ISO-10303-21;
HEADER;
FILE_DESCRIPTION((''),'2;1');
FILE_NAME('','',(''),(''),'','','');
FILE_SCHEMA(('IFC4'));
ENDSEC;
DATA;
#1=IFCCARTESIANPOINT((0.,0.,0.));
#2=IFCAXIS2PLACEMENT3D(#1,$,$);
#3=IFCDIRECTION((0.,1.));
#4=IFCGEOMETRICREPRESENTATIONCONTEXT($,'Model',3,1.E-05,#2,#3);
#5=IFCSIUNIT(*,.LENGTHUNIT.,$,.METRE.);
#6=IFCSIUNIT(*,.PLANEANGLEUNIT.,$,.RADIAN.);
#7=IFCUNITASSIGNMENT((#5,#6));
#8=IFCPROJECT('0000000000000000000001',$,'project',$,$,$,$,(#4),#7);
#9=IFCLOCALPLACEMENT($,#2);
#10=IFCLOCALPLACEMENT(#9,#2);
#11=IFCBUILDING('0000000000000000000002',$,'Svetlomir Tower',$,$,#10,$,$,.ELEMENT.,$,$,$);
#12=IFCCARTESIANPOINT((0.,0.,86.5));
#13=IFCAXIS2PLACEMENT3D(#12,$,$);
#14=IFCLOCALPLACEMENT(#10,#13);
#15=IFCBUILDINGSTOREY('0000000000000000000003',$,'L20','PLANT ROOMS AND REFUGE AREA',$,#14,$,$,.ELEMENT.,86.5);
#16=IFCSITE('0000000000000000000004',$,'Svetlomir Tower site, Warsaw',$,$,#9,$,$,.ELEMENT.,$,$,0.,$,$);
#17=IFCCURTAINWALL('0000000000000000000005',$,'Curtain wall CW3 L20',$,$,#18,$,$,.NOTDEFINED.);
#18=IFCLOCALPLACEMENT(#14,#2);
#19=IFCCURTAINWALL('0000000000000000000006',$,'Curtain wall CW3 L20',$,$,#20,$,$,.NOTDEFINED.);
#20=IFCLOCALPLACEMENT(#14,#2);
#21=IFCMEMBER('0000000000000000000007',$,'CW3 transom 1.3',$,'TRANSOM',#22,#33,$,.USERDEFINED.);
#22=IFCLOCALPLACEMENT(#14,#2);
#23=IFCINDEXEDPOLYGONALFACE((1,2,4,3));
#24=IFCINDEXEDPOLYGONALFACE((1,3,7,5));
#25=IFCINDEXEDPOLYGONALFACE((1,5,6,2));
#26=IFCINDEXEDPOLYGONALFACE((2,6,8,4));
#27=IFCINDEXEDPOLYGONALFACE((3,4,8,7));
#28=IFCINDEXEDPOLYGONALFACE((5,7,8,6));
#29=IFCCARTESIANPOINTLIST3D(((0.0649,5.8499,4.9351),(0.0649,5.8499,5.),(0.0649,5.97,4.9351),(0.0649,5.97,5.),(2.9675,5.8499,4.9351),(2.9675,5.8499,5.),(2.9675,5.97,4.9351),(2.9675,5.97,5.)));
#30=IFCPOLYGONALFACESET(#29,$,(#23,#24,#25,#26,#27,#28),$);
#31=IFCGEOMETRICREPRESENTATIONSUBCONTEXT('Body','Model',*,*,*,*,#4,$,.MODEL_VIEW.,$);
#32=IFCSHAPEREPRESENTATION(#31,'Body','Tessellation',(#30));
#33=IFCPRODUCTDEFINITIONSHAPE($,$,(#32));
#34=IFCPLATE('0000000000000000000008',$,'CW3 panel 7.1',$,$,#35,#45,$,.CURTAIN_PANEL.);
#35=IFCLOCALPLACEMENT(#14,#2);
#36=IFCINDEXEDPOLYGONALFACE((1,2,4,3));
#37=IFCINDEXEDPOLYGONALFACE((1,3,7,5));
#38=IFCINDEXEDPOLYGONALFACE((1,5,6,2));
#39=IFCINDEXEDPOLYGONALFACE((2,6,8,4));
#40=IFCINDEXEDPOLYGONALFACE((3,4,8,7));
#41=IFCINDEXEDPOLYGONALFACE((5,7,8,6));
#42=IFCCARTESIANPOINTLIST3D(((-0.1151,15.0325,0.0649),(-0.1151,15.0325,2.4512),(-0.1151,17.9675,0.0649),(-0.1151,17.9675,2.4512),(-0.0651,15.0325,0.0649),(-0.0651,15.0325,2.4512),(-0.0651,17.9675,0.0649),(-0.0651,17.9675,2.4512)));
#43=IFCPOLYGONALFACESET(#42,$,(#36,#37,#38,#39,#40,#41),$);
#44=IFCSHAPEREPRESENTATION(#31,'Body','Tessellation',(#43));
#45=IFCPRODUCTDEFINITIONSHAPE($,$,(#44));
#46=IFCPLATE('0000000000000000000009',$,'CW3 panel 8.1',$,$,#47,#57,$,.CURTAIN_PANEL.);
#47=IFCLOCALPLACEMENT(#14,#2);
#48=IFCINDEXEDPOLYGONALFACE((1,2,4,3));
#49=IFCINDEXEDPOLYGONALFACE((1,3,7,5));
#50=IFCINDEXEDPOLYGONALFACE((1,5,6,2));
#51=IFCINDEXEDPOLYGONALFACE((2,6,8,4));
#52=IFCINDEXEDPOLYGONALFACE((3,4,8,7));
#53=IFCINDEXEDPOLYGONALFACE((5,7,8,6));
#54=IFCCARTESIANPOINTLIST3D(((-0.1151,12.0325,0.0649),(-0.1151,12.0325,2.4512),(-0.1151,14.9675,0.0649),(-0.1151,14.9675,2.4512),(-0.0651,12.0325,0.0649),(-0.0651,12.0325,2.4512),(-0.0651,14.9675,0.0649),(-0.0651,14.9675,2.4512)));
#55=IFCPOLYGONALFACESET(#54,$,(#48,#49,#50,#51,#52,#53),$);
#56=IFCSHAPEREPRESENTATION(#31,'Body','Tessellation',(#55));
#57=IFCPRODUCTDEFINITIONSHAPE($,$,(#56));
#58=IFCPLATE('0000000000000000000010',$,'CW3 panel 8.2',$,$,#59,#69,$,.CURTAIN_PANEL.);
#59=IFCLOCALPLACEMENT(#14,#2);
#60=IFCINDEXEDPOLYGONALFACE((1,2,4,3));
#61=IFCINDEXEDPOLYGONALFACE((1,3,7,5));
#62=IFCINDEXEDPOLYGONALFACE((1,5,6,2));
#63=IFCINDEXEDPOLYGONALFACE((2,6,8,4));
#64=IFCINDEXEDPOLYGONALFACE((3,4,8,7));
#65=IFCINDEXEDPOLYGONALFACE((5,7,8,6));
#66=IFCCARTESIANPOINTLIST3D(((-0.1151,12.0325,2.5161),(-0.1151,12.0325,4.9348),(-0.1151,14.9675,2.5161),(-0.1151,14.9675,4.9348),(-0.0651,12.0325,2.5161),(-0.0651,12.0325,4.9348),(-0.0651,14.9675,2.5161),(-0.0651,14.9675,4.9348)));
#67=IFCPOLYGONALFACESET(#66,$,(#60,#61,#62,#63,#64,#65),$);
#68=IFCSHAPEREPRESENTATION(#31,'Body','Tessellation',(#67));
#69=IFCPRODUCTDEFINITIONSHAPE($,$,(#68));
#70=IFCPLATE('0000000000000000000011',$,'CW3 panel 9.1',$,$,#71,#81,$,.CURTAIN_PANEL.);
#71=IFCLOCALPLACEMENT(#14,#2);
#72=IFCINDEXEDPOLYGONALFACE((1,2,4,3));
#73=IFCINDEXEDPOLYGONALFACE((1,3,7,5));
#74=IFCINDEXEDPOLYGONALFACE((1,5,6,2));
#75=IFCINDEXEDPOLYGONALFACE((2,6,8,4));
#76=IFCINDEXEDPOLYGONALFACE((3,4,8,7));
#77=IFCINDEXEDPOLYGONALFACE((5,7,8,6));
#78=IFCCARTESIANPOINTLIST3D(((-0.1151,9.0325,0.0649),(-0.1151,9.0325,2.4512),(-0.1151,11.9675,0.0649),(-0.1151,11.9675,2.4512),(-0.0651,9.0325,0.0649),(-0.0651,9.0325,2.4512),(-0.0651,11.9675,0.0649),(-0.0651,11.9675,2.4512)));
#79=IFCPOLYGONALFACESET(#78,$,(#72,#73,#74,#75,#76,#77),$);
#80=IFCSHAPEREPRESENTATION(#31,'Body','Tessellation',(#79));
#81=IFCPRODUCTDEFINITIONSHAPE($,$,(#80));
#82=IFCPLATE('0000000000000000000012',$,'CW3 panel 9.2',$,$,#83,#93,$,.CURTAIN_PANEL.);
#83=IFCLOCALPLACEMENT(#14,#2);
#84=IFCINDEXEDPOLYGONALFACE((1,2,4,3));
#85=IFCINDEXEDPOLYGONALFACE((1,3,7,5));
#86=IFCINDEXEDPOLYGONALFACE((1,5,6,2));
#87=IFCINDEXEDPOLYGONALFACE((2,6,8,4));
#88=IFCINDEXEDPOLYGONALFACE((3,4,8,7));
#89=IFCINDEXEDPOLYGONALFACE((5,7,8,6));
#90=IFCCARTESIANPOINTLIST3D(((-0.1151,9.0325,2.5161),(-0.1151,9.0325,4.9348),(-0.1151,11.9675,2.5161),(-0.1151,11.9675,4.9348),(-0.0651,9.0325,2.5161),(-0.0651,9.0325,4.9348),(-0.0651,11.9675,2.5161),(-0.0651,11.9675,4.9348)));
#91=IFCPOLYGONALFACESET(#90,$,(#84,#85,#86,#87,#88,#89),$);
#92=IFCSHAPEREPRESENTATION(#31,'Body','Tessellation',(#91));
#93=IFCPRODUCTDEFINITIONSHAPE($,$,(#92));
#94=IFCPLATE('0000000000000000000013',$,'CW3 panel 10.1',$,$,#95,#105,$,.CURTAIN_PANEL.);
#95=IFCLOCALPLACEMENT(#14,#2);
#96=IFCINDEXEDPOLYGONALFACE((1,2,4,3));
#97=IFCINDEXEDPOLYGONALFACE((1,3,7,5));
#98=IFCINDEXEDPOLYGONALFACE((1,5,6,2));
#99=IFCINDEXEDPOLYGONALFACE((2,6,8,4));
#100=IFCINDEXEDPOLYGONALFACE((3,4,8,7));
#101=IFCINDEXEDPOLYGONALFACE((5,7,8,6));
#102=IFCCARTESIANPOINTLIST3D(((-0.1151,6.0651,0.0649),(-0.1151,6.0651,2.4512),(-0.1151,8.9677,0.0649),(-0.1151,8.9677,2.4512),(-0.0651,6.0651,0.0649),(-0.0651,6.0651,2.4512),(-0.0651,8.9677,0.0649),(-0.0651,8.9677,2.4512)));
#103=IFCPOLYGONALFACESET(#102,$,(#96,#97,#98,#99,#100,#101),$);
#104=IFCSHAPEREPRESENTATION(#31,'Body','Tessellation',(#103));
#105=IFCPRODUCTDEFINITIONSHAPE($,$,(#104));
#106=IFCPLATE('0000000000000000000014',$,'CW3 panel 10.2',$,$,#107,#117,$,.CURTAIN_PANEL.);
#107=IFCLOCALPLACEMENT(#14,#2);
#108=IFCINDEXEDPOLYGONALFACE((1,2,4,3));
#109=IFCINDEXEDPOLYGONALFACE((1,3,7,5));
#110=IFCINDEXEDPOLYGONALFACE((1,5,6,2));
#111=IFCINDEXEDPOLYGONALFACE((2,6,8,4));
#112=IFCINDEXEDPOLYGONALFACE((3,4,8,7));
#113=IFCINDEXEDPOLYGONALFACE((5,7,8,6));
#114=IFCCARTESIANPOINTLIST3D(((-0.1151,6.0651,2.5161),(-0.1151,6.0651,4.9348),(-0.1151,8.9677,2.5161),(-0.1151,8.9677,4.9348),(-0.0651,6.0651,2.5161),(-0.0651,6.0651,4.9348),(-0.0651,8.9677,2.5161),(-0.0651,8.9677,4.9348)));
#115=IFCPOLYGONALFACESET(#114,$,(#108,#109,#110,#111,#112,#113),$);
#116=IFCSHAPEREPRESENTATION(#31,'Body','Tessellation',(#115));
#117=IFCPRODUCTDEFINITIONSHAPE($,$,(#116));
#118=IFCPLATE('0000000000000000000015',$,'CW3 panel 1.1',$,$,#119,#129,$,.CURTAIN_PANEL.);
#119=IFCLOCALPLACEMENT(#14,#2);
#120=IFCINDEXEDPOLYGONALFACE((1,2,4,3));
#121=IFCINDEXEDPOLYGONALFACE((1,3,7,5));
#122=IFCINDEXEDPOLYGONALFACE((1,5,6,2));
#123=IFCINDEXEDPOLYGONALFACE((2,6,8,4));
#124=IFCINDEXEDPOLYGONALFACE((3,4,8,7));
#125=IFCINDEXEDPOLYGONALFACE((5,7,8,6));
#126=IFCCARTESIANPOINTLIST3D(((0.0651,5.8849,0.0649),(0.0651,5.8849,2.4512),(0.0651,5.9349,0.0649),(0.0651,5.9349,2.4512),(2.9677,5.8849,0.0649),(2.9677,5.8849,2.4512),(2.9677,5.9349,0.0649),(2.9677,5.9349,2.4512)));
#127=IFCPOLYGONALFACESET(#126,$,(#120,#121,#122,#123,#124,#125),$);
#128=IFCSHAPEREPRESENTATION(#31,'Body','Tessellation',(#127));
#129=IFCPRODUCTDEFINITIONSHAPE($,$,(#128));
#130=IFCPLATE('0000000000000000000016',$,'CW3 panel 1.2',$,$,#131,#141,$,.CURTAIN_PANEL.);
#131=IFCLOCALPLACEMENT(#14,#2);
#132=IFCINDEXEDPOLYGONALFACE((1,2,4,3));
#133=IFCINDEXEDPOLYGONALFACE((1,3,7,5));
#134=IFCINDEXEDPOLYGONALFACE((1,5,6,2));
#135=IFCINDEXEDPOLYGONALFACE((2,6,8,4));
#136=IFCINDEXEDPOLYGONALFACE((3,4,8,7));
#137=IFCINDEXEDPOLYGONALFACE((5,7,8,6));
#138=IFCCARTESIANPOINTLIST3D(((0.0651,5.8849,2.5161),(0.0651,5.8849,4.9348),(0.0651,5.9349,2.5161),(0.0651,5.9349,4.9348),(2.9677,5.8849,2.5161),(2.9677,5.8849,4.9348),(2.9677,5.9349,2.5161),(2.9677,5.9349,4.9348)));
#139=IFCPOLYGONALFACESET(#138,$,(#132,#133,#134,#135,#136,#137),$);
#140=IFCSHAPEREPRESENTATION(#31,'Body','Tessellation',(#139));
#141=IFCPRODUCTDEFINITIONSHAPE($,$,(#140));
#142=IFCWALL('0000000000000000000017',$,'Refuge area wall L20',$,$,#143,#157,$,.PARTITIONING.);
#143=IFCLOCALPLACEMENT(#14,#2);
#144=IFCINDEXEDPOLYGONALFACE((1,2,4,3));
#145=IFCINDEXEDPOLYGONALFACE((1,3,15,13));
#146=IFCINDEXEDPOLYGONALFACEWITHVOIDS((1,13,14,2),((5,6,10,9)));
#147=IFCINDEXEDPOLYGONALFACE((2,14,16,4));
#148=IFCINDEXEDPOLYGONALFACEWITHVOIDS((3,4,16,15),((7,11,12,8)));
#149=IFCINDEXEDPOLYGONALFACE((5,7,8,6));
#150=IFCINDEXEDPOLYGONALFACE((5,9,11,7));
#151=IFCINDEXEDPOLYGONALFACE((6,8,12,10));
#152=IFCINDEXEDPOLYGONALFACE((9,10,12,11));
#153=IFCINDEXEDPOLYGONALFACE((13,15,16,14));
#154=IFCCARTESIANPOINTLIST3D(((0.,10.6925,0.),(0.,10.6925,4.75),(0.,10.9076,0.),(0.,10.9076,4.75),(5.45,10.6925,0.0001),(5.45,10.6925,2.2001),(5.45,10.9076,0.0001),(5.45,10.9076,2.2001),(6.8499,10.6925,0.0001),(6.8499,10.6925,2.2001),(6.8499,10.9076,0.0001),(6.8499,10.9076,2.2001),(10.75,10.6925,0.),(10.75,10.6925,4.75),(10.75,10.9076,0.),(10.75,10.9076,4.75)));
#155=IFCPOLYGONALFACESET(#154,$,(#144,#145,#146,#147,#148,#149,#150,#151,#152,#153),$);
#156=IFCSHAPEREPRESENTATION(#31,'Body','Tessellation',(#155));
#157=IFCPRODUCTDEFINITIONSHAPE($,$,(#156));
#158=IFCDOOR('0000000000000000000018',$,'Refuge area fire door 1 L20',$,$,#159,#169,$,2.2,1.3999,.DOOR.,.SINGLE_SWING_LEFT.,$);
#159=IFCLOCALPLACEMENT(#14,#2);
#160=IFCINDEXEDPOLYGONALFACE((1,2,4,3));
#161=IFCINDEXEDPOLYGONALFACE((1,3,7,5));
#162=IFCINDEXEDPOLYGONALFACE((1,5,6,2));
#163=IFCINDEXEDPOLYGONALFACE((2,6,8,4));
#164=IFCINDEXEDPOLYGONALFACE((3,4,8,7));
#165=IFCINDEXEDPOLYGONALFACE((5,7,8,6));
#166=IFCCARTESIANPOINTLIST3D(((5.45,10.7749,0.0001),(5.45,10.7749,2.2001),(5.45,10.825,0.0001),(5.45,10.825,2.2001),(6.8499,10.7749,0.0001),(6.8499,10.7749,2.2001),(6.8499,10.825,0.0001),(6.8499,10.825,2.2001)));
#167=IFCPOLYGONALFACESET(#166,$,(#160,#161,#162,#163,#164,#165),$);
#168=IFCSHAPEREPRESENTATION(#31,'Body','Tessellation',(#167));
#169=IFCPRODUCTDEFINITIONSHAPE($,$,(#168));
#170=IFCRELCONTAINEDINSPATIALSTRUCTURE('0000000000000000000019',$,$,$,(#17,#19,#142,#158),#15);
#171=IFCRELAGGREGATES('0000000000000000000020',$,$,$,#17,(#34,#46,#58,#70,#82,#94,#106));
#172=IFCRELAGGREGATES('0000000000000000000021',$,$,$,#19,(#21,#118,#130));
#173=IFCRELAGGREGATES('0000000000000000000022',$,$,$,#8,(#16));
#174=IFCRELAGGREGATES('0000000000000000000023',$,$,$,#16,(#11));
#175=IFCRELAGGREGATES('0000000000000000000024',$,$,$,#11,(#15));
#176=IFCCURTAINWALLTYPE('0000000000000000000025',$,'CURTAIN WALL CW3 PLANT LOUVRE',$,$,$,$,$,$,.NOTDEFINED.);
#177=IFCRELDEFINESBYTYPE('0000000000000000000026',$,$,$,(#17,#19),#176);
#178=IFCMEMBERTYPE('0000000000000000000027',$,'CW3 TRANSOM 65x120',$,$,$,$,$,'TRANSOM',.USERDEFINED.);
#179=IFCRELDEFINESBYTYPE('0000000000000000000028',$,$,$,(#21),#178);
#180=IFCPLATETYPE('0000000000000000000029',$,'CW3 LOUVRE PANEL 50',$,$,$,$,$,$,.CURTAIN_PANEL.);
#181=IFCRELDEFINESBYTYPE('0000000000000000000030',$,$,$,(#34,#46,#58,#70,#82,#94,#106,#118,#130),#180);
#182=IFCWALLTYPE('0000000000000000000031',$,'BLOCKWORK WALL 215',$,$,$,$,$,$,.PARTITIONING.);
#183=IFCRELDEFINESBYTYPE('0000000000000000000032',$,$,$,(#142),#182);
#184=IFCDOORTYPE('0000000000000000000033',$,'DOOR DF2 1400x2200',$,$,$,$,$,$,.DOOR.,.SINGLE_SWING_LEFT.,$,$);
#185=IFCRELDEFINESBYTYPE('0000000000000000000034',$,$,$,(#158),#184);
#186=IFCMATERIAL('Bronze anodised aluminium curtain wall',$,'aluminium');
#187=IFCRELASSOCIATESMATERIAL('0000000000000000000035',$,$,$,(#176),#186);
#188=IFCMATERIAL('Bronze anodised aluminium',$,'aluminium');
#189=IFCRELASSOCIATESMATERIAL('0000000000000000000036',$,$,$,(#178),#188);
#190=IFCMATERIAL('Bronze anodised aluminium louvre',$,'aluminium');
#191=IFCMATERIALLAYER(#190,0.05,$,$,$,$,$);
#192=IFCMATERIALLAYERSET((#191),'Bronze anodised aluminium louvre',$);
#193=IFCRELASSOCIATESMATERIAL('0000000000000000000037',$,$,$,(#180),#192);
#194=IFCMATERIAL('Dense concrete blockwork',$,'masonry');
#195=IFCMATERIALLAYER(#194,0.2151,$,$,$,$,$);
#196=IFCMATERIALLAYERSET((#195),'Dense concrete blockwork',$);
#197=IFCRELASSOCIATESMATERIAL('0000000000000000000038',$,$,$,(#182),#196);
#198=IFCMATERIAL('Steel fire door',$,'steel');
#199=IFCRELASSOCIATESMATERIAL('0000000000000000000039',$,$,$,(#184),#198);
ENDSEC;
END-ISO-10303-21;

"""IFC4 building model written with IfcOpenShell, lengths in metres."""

from ifc_helpers import new_model, si_unit, direction, frame, frame_2d, origin, origin_2d, place, context, subcontext, project, spatial, rectangle, extrude, material, layer, layer_set, material_profile, profile_set, type_object, element, fill, aggregate, save


model = new_model("IFC4")

# Units and contexts
model_context = context("Model", 3, precision=1e-05, world=origin(), true_north=direction((0.0, 1.0)))
body_context = subcontext(model_context, "Body", "Model", "MODEL_VIEW")
ifc_project = project(units=[si_unit("LENGTHUNIT", "METRE"), si_unit("PLANEANGLEUNIT", "RADIAN")], contexts=[model_context])

# Site, building, storey
site_placement = place(None, origin())
site = spatial("IfcSite", under=ifc_project, at=site_placement, Name="Svetlomir Tower site, Warsaw", CompositionType="ELEMENT", RefElevation=0.0)
building_placement = place(site_placement, origin())
building = spatial("IfcBuilding", under=site, at=building_placement, Name="Svetlomir Tower", CompositionType="ELEMENT")
storey_placement = place(building_placement, frame((0.0, 0.0, 86.5)))
storey = spatial("IfcBuildingStorey", under=building, at=storey_placement, Name="L20", Description="PLANT ROOMS AND REFUGE AREA", CompositionType="ELEMENT", Elevation=86.5)

# Curtain wall
ifc_material_1 = material(Name="Bronze anodised aluminium curtain wall", Category="aluminium")
curtain_wall_type = type_object("IfcCurtainWallType", Name="CURTAIN WALL CW3 PLANT LOUVRE", PredefinedType="NOTDEFINED", material=ifc_material_1)
curtain_wall_1_placement = place(storey_placement, origin())
curtain_wall_1 = element("IfcCurtainWall", 1, at=curtain_wall_1_placement, inside=storey, type_object=curtain_wall_type, Name="Curtain wall CW3 L20", PredefinedType="NOTDEFINED")

# Curtain wall
curtain_wall_2_placement = place(storey_placement, origin())
curtain_wall_2 = element("IfcCurtainWall", 2, at=curtain_wall_2_placement, inside=storey, type_object=curtain_wall_type, Name="Curtain wall CW3 L20", PredefinedType="NOTDEFINED")

# Member
ifc_material_2 = material(Name="Bronze anodised aluminium", Category="aluminium")
ifc_material_profile_1 = material_profile(ifc_material_2, rectangle(XDim=0.1201, YDim=0.0649, at=origin_2d()), Name="AL 120x65")
ifc_profile_set_1 = profile_set([ifc_material_profile_1], Name="Bronze anodised aluminium 6063-T6")
member_type_1 = type_object("IfcMemberType", Name="CW3 TRANSOM 65x120", ElementType="TRANSOM", PredefinedType="USERDEFINED", material=ifc_profile_set_1)
member_1_placement = place(storey_placement, frame((0.0649, 5.9099, 4.9675), z_axis=(1.0, 0.0, 0.0), x_axis=(0.0, 1.0, 0.0)))
member_1 = element("IfcMember", 3, at=member_1_placement, type_object=member_type_1, Name="CW3 transom 1.3", ObjectType="TRANSOM", PredefinedType="USERDEFINED", context=body_context, shape_type="SweptSolid", body=[
    extrude(rectangle(XDim=0.1201, YDim=0.0649, at=origin_2d()), origin(), (0.0, 0.0, 1.0), 2.9026),
])

# Plates
ifc_material_3 = material(Name="Bronze anodised aluminium louvre", Category="aluminium")
ifc_layer_1 = layer(ifc_material_3, 0.05)
ifc_layer_set_1 = layer_set([ifc_layer_1], Name="Bronze anodised aluminium louvre")
plate_type = type_object("IfcPlateType", Name="CW3 LOUVRE PANEL 50", PredefinedType="CURTAIN_PANEL", material=ifc_layer_set_1)
plate_1_placement = place(storey_placement, frame((-0.0901, 16.5, 0.0649), z_axis=(0.0, 0.0, 1.0), x_axis=(0.0, -1.0, 0.0)))
plate_1 = element("IfcPlate", 4, at=plate_1_placement, type_object=plate_type, Name="CW3 panel 7.1", PredefinedType="CURTAIN_PANEL", context=body_context, shape_type="SweptSolid", body=[
    extrude(rectangle(XDim=2.9351, YDim=0.05, at=origin_2d()), origin(), (0.0, 0.0, 1.0), 2.3862),
])
plate_2_placement = place(storey_placement, frame((-0.0901, 13.5, 0.0649), z_axis=(0.0, 0.0, 1.0), x_axis=(0.0, -1.0, 0.0)))
plate_2 = element("IfcPlate", 5, at=plate_2_placement, type_object=plate_type, Name="CW3 panel 8.1", PredefinedType="CURTAIN_PANEL", context=body_context, shape_type="SweptSolid", body=[
    extrude(rectangle(XDim=2.9351, YDim=0.05, at=origin_2d()), origin(), (0.0, 0.0, 1.0), 2.3862),
])
plate_3_placement = place(storey_placement, frame((-0.0901, 13.5, 2.5161), z_axis=(0.0, 0.0, 1.0), x_axis=(0.0, -1.0, 0.0)))
plate_3 = element("IfcPlate", 6, at=plate_3_placement, type_object=plate_type, Name="CW3 panel 8.2", PredefinedType="CURTAIN_PANEL", context=body_context, shape_type="SweptSolid", body=[
    extrude(rectangle(XDim=2.9351, YDim=0.05, at=origin_2d()), origin(), (0.0, 0.0, 1.0), 2.4187),
])
plate_4_placement = place(storey_placement, frame((-0.0901, 10.5, 0.0649), z_axis=(0.0, 0.0, 1.0), x_axis=(0.0, -1.0, 0.0)))
plate_4 = element("IfcPlate", 7, at=plate_4_placement, type_object=plate_type, Name="CW3 panel 9.1", PredefinedType="CURTAIN_PANEL", context=body_context, shape_type="SweptSolid", body=[
    extrude(rectangle(XDim=2.9351, YDim=0.05, at=origin_2d()), origin(), (0.0, 0.0, 1.0), 2.3862),
])
plate_5_placement = place(storey_placement, frame((-0.0901, 10.5, 2.5161), z_axis=(0.0, 0.0, 1.0), x_axis=(0.0, -1.0, 0.0)))
plate_5 = element("IfcPlate", 8, at=plate_5_placement, type_object=plate_type, Name="CW3 panel 9.2", PredefinedType="CURTAIN_PANEL", context=body_context, shape_type="SweptSolid", body=[
    extrude(rectangle(XDim=2.9351, YDim=0.05, at=origin_2d()), origin(), (0.0, 0.0, 1.0), 2.4187),
])
plate_6_placement = place(storey_placement, frame((-0.0901, 7.5164, 0.0649), z_axis=(0.0, 0.0, 1.0), x_axis=(0.0, -1.0, 0.0)))
plate_6 = element("IfcPlate", 9, at=plate_6_placement, type_object=plate_type, Name="CW3 panel 10.1", PredefinedType="CURTAIN_PANEL", context=body_context, shape_type="SweptSolid", body=[
    extrude(rectangle(XDim=2.9026, YDim=0.05, at=origin_2d()), origin(), (0.0, 0.0, 1.0), 2.3862),
])
plate_7_placement = place(storey_placement, frame((-0.0901, 7.5164, 2.5161), z_axis=(0.0, 0.0, 1.0), x_axis=(0.0, -1.0, 0.0)))
plate_7 = element("IfcPlate", 10, at=plate_7_placement, type_object=plate_type, Name="CW3 panel 10.2", PredefinedType="CURTAIN_PANEL", context=body_context, shape_type="SweptSolid", body=[
    extrude(rectangle(XDim=2.9026, YDim=0.05, at=origin_2d()), origin(), (0.0, 0.0, 1.0), 2.4187),
])
aggregate(curtain_wall_1, [plate_1, plate_2, plate_3, plate_4, plate_5, plate_6, plate_7])
plate_8_placement = place(storey_placement, frame((1.5164, 5.9099, 0.0649), z_axis=(0.0, 0.0, 1.0), x_axis=(1.0, 0.0, 0.0)))
plate_8 = element("IfcPlate", 11, at=plate_8_placement, type_object=plate_type, Name="CW3 panel 1.1", PredefinedType="CURTAIN_PANEL", context=body_context, shape_type="SweptSolid", body=[
    extrude(rectangle(XDim=2.9026, YDim=0.05, at=origin_2d()), origin(), (0.0, 0.0, 1.0), 2.3862),
])
plate_9_placement = place(storey_placement, frame((1.5164, 5.9099, 2.5161), z_axis=(0.0, 0.0, 1.0), x_axis=(1.0, 0.0, 0.0)))
plate_9 = element("IfcPlate", 12, at=plate_9_placement, type_object=plate_type, Name="CW3 panel 1.2", PredefinedType="CURTAIN_PANEL", context=body_context, shape_type="SweptSolid", body=[
    extrude(rectangle(XDim=2.9026, YDim=0.05, at=origin_2d()), origin(), (0.0, 0.0, 1.0), 2.4187),
])
aggregate(curtain_wall_2, [member_1, plate_8, plate_9])

# Wall, opening, door
ifc_material_4 = material(Name="Dense concrete blockwork", Category="masonry")
ifc_layer_2 = layer(ifc_material_4, 0.2151)
ifc_layer_set_2 = layer_set([ifc_layer_2], Name="Dense concrete blockwork")
wall_type = type_object("IfcWallType", Name="BLOCKWORK WALL 215", PredefinedType="PARTITIONING", material=ifc_layer_set_2)
wall_placement = place(storey_placement, frame((0.0, 10.8, 0.0), z_axis=(0.0, 0.0, 1.0), x_axis=(1.0, 0.0, 0.0)))
wall = element("IfcWall", 13, at=wall_placement, inside=storey, type_object=wall_type, Name="Refuge area wall L20", PredefinedType="PARTITIONING", context=body_context, shape_type="SweptSolid", body=[
    extrude(rectangle(XDim=10.75, YDim=0.2151, at=frame_2d((5.375, 0.0))), origin(), (0.0, 0.0, 1.0), 4.75),
])
opening_placement = place(wall_placement, frame((5.45, 0.0, 0.0)))
opening = element("IfcOpeningElement", 14, at=opening_placement, cuts=wall, PredefinedType="OPENING", context=body_context, shape_type="SweptSolid", body=[
    extrude(rectangle(XDim=1.3999, YDim=2.2, at=frame_2d((0.7, 1.1001))), frame((0.0, 0.1177, 0.0), z_axis=(0.0, -1.0, 0.0), x_axis=(1.0, 0.0, 0.0)), (0.0, 0.0, 1.0), 0.2351),
])
ifc_material_5 = material(Name="Steel fire door", Category="steel")
door_type = type_object("IfcDoorType", Name="DOOR DF2 1400x2200", OperationType="SINGLE_SWING_LEFT", PredefinedType="DOOR", material=ifc_material_5)
door_placement = place(opening_placement, origin())
door = element("IfcDoor", 15, at=door_placement, inside=storey, type_object=door_type, Name="Refuge area fire door 1 L20", OperationType="SINGLE_SWING_LEFT", OverallHeight=2.2, OverallWidth=1.3999, PredefinedType="DOOR", context=body_context, shape_type="SweptSolid", body=[
    extrude(rectangle(XDim=1.3999, YDim=2.2, at=frame_2d((0.7, 1.1001))), frame((0.0, 0.0249, 0.0), z_axis=(0.0, -1.0, 0.0), x_axis=(1.0, 0.0, 0.0)), (0.0, 0.0, 1.0), 0.05),
])
fill(opening, door)

save(model, "model.ifc")
